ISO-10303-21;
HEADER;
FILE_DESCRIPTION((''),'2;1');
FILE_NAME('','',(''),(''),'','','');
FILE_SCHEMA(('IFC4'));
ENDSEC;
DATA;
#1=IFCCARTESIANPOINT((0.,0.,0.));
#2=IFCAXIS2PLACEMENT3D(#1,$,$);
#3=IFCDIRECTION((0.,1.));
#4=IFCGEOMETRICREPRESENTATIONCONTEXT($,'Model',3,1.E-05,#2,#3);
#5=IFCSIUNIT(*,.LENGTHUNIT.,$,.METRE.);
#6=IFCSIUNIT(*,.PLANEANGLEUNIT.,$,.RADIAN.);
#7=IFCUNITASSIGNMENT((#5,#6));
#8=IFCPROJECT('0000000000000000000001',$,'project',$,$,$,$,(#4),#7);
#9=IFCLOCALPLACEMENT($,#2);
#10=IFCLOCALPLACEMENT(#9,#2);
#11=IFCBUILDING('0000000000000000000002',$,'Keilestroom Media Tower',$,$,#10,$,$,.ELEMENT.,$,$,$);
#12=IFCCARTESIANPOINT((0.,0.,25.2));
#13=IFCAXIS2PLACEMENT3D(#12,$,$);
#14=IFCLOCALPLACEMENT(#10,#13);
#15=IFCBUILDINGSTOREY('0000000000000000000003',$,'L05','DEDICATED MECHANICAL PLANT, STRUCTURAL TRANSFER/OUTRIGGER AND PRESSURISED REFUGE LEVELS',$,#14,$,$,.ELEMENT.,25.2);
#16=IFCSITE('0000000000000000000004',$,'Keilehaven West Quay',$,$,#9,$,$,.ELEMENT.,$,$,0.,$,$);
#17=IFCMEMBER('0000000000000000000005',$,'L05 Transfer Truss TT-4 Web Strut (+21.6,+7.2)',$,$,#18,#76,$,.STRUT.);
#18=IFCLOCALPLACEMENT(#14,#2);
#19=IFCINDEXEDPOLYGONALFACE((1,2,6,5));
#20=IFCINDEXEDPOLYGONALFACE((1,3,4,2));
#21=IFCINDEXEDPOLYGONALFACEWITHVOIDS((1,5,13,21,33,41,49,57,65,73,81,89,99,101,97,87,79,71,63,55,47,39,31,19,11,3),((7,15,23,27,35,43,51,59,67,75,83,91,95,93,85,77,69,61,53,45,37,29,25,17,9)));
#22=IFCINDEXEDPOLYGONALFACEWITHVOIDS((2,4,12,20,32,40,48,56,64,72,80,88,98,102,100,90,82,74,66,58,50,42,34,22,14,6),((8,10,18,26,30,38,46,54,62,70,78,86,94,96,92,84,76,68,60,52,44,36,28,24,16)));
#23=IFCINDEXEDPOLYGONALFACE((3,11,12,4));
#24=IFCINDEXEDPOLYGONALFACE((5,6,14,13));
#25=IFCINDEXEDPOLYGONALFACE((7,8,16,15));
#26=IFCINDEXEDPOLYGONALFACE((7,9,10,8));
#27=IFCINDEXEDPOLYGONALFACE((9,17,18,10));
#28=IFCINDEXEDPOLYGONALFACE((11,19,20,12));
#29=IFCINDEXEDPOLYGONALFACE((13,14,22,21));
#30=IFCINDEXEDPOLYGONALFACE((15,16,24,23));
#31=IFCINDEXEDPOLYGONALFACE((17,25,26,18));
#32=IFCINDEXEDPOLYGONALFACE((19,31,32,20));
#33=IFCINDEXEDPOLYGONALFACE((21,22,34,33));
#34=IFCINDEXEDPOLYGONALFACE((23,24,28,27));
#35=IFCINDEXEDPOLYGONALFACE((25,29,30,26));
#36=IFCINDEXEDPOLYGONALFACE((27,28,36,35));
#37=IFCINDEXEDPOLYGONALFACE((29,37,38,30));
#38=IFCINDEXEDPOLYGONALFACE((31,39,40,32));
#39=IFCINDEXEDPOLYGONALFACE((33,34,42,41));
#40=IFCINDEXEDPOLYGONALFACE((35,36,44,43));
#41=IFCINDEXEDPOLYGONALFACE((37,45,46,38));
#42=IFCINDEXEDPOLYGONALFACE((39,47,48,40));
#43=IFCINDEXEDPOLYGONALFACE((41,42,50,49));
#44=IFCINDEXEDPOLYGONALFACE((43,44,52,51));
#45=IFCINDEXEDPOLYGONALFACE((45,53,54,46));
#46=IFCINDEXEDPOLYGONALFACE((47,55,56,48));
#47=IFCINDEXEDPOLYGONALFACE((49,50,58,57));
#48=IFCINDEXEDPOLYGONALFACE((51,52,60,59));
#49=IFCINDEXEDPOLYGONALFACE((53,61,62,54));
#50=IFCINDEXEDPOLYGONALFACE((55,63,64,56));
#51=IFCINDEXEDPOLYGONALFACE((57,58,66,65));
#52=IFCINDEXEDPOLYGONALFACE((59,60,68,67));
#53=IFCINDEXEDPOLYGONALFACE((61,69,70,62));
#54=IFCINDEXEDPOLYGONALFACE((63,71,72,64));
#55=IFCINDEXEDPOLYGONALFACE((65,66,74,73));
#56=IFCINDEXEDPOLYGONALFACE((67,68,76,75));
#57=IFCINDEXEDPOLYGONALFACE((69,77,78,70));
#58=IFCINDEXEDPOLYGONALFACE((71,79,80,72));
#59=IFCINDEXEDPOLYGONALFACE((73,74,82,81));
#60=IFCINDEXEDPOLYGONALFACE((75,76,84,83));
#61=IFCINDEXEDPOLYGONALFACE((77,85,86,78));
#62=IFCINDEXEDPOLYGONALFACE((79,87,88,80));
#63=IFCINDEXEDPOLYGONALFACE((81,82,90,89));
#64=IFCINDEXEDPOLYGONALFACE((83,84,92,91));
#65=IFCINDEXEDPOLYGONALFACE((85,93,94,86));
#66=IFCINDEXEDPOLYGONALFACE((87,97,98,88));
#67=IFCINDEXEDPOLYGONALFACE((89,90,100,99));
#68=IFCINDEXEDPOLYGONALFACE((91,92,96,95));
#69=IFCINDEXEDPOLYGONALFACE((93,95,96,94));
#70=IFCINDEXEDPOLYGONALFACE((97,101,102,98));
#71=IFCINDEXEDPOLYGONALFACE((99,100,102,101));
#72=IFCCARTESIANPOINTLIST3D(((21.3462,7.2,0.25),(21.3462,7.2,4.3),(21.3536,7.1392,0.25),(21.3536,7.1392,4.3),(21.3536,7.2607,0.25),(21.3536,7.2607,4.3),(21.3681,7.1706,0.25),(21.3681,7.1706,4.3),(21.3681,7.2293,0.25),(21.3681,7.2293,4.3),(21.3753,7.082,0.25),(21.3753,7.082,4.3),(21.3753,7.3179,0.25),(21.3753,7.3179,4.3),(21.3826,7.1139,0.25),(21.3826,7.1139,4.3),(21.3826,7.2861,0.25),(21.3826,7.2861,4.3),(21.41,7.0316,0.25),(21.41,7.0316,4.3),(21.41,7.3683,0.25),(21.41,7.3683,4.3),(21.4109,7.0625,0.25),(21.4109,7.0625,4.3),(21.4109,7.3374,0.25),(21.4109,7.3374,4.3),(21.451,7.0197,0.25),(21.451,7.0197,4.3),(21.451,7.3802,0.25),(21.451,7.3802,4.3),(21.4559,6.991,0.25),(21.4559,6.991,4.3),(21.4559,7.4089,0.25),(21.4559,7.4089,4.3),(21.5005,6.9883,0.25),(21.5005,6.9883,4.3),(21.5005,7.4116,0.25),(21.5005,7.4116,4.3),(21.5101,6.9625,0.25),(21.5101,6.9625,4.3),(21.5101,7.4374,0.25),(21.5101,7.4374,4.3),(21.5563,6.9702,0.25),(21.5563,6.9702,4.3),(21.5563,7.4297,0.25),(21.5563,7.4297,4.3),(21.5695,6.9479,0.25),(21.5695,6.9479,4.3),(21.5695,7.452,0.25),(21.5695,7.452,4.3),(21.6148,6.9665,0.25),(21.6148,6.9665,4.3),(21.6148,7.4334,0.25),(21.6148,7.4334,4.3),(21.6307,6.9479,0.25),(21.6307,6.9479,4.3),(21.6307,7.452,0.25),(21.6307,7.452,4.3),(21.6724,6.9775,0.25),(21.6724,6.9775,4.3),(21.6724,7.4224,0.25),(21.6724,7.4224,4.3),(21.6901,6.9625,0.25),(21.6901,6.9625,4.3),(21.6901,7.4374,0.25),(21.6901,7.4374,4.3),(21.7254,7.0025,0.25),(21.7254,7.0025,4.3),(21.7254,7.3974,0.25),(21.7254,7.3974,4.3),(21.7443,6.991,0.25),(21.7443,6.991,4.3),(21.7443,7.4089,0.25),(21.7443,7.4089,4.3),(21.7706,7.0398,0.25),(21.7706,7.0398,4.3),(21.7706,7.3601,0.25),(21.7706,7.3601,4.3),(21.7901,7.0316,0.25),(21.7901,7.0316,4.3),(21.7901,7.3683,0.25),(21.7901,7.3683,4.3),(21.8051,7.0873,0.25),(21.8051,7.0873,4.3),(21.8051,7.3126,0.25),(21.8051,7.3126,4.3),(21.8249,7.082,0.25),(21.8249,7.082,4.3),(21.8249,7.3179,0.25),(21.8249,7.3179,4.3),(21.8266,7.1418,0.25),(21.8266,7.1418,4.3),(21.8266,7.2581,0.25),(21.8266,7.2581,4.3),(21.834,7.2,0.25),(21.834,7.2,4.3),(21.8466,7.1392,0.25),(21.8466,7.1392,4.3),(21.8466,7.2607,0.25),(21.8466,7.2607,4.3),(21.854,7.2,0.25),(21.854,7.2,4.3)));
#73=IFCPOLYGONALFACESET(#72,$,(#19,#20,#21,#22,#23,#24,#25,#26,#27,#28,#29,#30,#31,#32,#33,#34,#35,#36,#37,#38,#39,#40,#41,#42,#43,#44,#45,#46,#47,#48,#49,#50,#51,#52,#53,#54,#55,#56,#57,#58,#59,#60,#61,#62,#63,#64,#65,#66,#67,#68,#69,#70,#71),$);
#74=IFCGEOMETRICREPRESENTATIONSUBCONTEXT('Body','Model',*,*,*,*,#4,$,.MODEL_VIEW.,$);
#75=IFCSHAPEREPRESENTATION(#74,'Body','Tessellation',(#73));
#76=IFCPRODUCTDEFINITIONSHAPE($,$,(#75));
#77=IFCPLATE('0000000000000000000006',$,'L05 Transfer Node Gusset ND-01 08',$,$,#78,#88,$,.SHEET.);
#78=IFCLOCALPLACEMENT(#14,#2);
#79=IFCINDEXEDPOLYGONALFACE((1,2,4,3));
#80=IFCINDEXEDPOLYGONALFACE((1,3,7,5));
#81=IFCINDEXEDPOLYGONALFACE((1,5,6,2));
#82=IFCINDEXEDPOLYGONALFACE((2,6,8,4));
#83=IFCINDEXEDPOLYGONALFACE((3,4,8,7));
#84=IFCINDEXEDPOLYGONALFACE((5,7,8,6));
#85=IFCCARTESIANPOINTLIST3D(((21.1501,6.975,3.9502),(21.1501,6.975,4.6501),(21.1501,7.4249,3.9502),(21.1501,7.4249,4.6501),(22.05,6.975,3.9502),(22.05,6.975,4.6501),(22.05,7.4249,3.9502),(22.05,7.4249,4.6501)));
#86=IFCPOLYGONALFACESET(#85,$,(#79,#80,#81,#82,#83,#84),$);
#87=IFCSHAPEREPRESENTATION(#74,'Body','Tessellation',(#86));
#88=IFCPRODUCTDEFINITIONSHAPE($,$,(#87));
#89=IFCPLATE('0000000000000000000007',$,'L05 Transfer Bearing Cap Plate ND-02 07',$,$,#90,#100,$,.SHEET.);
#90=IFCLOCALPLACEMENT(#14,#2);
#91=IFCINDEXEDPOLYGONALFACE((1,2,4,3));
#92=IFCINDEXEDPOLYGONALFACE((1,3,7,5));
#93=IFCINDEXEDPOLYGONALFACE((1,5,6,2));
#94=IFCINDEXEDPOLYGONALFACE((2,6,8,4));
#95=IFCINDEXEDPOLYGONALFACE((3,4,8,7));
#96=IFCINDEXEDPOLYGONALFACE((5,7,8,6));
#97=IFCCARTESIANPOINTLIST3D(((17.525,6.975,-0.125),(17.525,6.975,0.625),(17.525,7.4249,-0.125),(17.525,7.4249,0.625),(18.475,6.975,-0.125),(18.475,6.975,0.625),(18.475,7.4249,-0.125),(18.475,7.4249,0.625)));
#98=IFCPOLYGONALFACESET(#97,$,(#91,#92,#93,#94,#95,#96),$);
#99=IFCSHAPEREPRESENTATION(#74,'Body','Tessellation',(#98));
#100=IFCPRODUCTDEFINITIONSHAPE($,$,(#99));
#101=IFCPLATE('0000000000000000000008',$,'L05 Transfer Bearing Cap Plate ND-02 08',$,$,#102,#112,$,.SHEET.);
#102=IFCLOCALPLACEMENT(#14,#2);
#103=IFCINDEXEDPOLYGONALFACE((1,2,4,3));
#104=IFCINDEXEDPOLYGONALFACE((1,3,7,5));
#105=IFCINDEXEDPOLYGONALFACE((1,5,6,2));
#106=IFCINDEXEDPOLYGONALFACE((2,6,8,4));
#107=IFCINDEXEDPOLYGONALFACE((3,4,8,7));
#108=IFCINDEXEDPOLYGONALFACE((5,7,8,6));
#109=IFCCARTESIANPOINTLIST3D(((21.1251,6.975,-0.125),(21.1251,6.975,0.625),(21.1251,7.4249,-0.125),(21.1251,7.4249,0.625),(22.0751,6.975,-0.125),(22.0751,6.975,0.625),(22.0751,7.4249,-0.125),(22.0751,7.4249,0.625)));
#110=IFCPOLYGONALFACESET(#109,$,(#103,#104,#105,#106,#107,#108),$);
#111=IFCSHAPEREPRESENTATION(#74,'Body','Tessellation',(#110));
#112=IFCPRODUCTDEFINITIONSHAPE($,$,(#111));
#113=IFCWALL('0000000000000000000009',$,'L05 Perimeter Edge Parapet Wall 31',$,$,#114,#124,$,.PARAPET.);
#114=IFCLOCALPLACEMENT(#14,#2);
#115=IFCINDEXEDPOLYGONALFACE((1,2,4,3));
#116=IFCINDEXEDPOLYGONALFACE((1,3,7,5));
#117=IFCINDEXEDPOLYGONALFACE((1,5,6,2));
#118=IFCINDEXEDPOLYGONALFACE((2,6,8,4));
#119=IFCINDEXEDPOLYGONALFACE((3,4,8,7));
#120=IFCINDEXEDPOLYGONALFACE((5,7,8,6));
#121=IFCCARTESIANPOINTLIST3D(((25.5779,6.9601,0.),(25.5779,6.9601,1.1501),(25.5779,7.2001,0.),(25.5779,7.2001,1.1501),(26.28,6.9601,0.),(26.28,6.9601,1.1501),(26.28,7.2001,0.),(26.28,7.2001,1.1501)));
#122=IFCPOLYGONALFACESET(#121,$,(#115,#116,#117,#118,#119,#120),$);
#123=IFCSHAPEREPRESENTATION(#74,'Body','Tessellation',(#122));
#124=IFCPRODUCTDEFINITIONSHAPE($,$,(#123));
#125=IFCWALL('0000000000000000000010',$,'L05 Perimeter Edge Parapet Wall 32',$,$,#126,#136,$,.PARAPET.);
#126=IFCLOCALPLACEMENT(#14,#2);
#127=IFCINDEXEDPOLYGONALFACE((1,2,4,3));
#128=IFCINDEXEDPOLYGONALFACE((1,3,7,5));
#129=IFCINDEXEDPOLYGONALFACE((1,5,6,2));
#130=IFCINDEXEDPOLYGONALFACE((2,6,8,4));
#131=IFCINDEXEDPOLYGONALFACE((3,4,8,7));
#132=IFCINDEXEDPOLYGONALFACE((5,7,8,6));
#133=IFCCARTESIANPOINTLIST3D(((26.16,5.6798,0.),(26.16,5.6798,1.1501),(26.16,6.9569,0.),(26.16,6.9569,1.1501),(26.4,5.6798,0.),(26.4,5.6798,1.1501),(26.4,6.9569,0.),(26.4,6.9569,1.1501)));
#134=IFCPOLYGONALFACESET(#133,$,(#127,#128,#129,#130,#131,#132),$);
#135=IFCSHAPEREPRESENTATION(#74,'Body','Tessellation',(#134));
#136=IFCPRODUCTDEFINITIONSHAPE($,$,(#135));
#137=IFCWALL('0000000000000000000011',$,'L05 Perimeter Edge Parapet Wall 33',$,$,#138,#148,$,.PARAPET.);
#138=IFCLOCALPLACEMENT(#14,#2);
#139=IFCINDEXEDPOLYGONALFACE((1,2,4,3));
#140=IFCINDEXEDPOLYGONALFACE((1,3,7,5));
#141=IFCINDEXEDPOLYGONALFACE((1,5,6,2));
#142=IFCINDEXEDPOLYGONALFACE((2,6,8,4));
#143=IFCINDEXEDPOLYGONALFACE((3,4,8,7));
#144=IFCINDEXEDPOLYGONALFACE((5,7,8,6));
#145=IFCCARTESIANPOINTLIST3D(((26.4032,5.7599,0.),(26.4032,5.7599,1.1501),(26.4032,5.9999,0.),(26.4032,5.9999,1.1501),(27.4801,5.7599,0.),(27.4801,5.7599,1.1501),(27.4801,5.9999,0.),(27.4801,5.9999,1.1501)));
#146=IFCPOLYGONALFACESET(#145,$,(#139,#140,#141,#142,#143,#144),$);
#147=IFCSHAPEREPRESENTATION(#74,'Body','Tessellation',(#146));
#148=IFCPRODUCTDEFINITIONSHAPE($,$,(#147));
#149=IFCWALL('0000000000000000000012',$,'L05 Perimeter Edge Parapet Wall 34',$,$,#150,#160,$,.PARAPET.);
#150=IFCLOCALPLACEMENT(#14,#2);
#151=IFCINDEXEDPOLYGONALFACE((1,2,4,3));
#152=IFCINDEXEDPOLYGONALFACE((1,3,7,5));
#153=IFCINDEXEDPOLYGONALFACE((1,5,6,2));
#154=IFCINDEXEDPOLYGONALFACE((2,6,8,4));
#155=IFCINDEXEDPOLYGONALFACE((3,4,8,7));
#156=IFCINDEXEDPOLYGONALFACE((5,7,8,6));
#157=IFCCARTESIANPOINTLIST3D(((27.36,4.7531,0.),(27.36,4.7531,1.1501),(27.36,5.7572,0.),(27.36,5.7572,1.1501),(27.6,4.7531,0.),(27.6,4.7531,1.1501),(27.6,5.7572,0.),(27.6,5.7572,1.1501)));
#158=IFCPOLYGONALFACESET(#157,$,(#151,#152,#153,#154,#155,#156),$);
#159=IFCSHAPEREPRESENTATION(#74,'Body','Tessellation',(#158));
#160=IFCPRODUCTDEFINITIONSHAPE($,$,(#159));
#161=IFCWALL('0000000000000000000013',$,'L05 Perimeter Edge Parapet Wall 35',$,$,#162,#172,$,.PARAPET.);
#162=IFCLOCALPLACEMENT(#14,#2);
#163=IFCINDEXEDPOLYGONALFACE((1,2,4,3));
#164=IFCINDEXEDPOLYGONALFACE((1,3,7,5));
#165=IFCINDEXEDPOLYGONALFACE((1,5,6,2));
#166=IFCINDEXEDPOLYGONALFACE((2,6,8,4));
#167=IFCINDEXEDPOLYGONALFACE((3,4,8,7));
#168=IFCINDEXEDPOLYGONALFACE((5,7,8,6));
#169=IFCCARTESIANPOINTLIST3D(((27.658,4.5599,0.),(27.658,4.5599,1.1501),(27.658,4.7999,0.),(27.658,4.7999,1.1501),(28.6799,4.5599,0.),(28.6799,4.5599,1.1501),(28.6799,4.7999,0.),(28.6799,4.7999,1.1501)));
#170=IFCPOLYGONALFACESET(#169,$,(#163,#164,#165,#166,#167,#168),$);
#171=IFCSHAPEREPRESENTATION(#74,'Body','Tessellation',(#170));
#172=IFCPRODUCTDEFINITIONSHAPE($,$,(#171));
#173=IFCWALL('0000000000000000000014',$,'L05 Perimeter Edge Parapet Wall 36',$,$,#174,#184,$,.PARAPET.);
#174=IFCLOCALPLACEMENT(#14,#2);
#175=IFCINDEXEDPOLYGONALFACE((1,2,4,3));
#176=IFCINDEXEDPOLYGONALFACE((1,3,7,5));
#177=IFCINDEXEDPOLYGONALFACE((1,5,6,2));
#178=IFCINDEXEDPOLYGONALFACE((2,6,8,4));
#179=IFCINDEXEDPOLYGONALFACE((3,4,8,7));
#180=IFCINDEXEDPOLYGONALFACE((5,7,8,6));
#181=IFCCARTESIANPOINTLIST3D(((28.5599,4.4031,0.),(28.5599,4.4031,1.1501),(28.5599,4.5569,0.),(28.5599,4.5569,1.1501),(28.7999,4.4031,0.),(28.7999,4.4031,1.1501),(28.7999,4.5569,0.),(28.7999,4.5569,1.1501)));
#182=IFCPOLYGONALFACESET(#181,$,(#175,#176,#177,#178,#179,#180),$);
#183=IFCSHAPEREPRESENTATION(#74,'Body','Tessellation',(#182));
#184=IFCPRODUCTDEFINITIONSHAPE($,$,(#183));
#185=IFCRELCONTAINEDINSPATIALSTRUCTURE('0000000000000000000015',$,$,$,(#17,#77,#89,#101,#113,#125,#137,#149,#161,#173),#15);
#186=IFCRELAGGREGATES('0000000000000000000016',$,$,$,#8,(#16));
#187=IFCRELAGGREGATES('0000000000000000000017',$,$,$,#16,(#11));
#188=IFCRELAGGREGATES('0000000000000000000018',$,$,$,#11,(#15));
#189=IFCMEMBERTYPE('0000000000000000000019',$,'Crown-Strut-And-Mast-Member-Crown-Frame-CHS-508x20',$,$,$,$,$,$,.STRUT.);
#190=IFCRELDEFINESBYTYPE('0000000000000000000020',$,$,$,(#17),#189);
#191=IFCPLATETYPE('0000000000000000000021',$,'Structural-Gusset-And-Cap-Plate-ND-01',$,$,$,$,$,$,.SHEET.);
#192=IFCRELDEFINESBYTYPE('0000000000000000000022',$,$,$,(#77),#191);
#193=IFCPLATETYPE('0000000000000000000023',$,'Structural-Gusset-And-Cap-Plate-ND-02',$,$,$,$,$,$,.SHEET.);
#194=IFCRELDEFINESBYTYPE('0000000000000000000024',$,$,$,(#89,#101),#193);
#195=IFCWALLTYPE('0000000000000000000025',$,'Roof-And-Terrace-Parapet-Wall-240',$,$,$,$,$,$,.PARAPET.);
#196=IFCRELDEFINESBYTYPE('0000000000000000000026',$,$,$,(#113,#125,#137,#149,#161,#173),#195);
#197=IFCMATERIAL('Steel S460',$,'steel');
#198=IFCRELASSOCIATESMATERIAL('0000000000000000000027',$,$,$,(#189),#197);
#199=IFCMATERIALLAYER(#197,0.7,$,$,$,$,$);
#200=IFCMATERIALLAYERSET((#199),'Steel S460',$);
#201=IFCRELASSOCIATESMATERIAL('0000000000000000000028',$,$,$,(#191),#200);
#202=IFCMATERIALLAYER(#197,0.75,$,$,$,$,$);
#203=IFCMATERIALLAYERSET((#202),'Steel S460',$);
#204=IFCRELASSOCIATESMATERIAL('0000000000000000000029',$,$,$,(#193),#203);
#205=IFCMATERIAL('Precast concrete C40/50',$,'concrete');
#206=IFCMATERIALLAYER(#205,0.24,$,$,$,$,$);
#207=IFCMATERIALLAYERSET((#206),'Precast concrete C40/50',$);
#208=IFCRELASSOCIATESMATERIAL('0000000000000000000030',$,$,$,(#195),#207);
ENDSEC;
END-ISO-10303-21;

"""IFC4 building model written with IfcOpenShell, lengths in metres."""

from ifc_helpers import new_model, si_unit, direction, frame, frame_2d, origin, origin_2d, place, context, subcontext, project, spatial, rectangle, hollow_circle, extrude, source, transform, mapped, material, layer, layer_set, material_profile, profile_set, type_object, element, save


model = new_model("IFC4")

# Units and contexts
model_context = context("Model", 3, precision=1e-05, world=origin(), true_north=direction((0.0, 1.0)))
body_context = subcontext(model_context, "Body", "Model", "MODEL_VIEW")
ifc_project = project(units=[si_unit("LENGTHUNIT", "METRE"), si_unit("PLANEANGLEUNIT", "RADIAN")], contexts=[model_context])

# Site, building, storey
site_placement = place(None, origin())
site = spatial("IfcSite", under=ifc_project, at=site_placement, Name="Keilehaven West Quay", CompositionType="ELEMENT", RefElevation=0.0)
building_placement = place(site_placement, origin())
building = spatial("IfcBuilding", under=site, at=building_placement, Name="Keilestroom Media Tower", CompositionType="ELEMENT")
storey_placement = place(building_placement, frame((0.0, 0.0, 25.2)))
storey = spatial("IfcBuildingStorey", under=building, at=storey_placement, Name="L05", Description="DEDICATED MECHANICAL PLANT, STRUCTURAL TRANSFER/OUTRIGGER AND PRESSURISED REFUGE LEVELS", CompositionType="ELEMENT", Elevation=25.2)

# Shared definitions
ifc_material_1 = material(Name="Precast concrete C40/50", Category="concrete")
ifc_material_2 = material(Name="Steel S460", Category="steel")

# Member
ifc_material_profile_1 = material_profile(ifc_material_2, hollow_circle(Radius=0.2539, WallThickness=0.02, at=origin_2d()), Name="CHS 508x20")
ifc_profile_set_1 = profile_set([ifc_material_profile_1], Name="Steel S460")
member_type_1 = type_object("IfcMemberType", Name="Crown-Strut-And-Mast-Member-Crown-Frame-CHS-508x20", PredefinedType="STRUT", material=ifc_profile_set_1)
shared_shape_1 = source(origin(), body_context, "Body", "SweptSolid", [
    extrude(hollow_circle(Radius=0.2539, WallThickness=0.02, at=origin_2d()), origin(), (0.0, 0.0, 1.0), 4.05),
])
member_1_placement = place(storey_placement, frame((21.6001, 7.2, 0.25), z_axis=(0.0, 0.0, 1.0), x_axis=(1.0, 0.0, 0.0)))
element("IfcMember", 1, at=member_1_placement, inside=storey, type_object=member_type_1, Name="L05 Transfer Truss TT-4 Web Strut (+21.6,+7.2)", PredefinedType="STRUT", context=body_context, shape_type="MappedRepresentation", body=[
    mapped(shared_shape_1, transform((0.0, 0.0, 0.0), x_axis=(1.0, 0.0, 0.0), y_axis=(0.0, 1.0, 0.0), z_axis=(0.0, 0.0, 1.0), scale=1.0)),
])

# Plates
ifc_layer_1 = layer(ifc_material_2, 0.7)
ifc_layer_set_1 = layer_set([ifc_layer_1], Name="Steel S460")
plate_type_1 = type_object("IfcPlateType", Name="Structural-Gusset-And-Cap-Plate-ND-01", PredefinedType="SHEET", material=ifc_layer_set_1)
shared_shape_2 = source(origin(), body_context, "Body", "SweptSolid", [
    extrude(rectangle(XDim=0.8999, YDim=0.45, at=origin_2d()), origin(), (0.0, 0.0, 1.0), 0.7),
])
plate_placement = place(storey_placement, frame((21.6001, 7.2, 3.9502), z_axis=(0.0, 0.0, 1.0), x_axis=(1.0, 0.0, 0.0)))
element("IfcPlate", 2, at=plate_placement, inside=storey, type_object=plate_type_1, Name="L05 Transfer Node Gusset ND-01 08", PredefinedType="SHEET", context=body_context, shape_type="MappedRepresentation", body=[
    mapped(shared_shape_2, transform((0.0, 0.0, 0.0), x_axis=(1.0, 0.0, 0.0), y_axis=(0.0, 1.0, 0.0), z_axis=(0.0, 0.0, 1.0), scale=1.0)),
])
ifc_layer_2 = layer(ifc_material_2, 0.75)
ifc_layer_set_2 = layer_set([ifc_layer_2], Name="Steel S460")
plate_type_2 = type_object("IfcPlateType", Name="Structural-Gusset-And-Cap-Plate-ND-02", PredefinedType="SHEET", material=ifc_layer_set_2)
shared_shape_3 = source(origin(), body_context, "Body", "SweptSolid", [
    extrude(rectangle(XDim=0.95, YDim=0.45, at=origin_2d()), origin(), (0.0, 0.0, 1.0), 0.75),
])
for number, where, z_axis, x_axis, name in (
    (3, (18.0, 7.2, -0.125), (0.0, 0.0, 1.0), (1.0, 0.0, 0.0), "L05 Transfer Bearing Cap Plate ND-02 07"),
    (4, (21.6001, 7.2, -0.125), (0.0, 0.0, 1.0), (1.0, 0.0, 0.0), "L05 Transfer Bearing Cap Plate ND-02 08"),
):
    element("IfcPlate", number, at=place(storey_placement, frame(where, z_axis=z_axis, x_axis=x_axis)), inside=storey, type_object=plate_type_2, Name=name, PredefinedType="SHEET", context=body_context, shape_type="MappedRepresentation", body=[
        mapped(shared_shape_3, transform((0.0, 0.0, 0.0), x_axis=(1.0, 0.0, 0.0), y_axis=(0.0, 1.0, 0.0), z_axis=(0.0, 0.0, 1.0), scale=1.0)),
    ])

# Walls
ifc_layer_3 = layer(ifc_material_1, 0.24)
ifc_layer_set_3 = layer_set([ifc_layer_3], Name="Precast concrete C40/50")
wall_type = type_object("IfcWallType", Name="Roof-And-Terrace-Parapet-Wall-240", PredefinedType="PARAPET", material=ifc_layer_set_3)
wall_1_placement = place(storey_placement, frame((25.5779, 7.0801, 0.0), z_axis=(0.0, 0.0, 1.0), x_axis=(1.0, 0.0, 0.0)))
element("IfcWall", 5, at=wall_1_placement, inside=storey, type_object=wall_type, Name="L05 Perimeter Edge Parapet Wall 31", PredefinedType="PARAPET", context=body_context, shape_type="SweptSolid", body=[
    extrude(rectangle(XDim=0.7021, YDim=0.24, at=frame_2d((0.3511, 0.0))), origin(), (0.0, 0.0, 1.0), 1.1501),
])
wall_2_placement = place(storey_placement, frame((26.28, 6.957, 0.0), z_axis=(0.0, 0.0, 1.0), x_axis=(0.0, -1.0, 0.0)))
element("IfcWall", 6, at=wall_2_placement, inside=storey, type_object=wall_type, Name="L05 Perimeter Edge Parapet Wall 32", PredefinedType="PARAPET", context=body_context, shape_type="SweptSolid", body=[
    extrude(rectangle(XDim=1.2771, YDim=0.24, at=frame_2d((0.6387, 0.0))), origin(), (0.0, 0.0, 1.0), 1.1501),
])
wall_3_placement = place(storey_placement, frame((26.4031, 5.8799, 0.0), z_axis=(0.0, 0.0, 1.0), x_axis=(1.0, 0.0, 0.0)))
element("IfcWall", 7, at=wall_3_placement, inside=storey, type_object=wall_type, Name="L05 Perimeter Edge Parapet Wall 33", PredefinedType="PARAPET", context=body_context, shape_type="SweptSolid", body=[
    extrude(rectangle(XDim=1.0769, YDim=0.24, at=frame_2d((0.5386, 0.0))), origin(), (0.0, 0.0, 1.0), 1.1501),
])
wall_4_placement = place(storey_placement, frame((27.48, 5.7571, 0.0), z_axis=(0.0, 0.0, 1.0), x_axis=(0.0, -1.0, 0.0)))
element("IfcWall", 8, at=wall_4_placement, inside=storey, type_object=wall_type, Name="L05 Perimeter Edge Parapet Wall 34", PredefinedType="PARAPET", context=body_context, shape_type="SweptSolid", body=[
    extrude(rectangle(XDim=1.0042, YDim=0.24, at=frame_2d((0.502, 0.0))), origin(), (0.0, 0.0, 1.0), 1.1501),
])
wall_5_placement = place(storey_placement, frame((27.658, 4.6799, 0.0), z_axis=(0.0, 0.0, 1.0), x_axis=(1.0, 0.0, 0.0)))
element("IfcWall", 9, at=wall_5_placement, inside=storey, type_object=wall_type, Name="L05 Perimeter Edge Parapet Wall 35", PredefinedType="PARAPET", context=body_context, shape_type="SweptSolid", body=[
    extrude(rectangle(XDim=1.022, YDim=0.24, at=frame_2d((0.511, 0.0))), origin(), (0.0, 0.0, 1.0), 1.1501),
])
wall_6_placement = place(storey_placement, frame((28.6799, 4.5569, 0.0), z_axis=(0.0, 0.0, 1.0), x_axis=(0.0, -1.0, 0.0)))
element("IfcWall", 10, at=wall_6_placement, inside=storey, type_object=wall_type, Name="L05 Perimeter Edge Parapet Wall 36", PredefinedType="PARAPET", context=body_context, shape_type="SweptSolid", body=[
    extrude(rectangle(XDim=0.1538, YDim=0.24, at=frame_2d((0.0769, 0.0))), origin(), (0.0, 0.0, 1.0), 1.1501),
])

save(model, "model.ifc")
